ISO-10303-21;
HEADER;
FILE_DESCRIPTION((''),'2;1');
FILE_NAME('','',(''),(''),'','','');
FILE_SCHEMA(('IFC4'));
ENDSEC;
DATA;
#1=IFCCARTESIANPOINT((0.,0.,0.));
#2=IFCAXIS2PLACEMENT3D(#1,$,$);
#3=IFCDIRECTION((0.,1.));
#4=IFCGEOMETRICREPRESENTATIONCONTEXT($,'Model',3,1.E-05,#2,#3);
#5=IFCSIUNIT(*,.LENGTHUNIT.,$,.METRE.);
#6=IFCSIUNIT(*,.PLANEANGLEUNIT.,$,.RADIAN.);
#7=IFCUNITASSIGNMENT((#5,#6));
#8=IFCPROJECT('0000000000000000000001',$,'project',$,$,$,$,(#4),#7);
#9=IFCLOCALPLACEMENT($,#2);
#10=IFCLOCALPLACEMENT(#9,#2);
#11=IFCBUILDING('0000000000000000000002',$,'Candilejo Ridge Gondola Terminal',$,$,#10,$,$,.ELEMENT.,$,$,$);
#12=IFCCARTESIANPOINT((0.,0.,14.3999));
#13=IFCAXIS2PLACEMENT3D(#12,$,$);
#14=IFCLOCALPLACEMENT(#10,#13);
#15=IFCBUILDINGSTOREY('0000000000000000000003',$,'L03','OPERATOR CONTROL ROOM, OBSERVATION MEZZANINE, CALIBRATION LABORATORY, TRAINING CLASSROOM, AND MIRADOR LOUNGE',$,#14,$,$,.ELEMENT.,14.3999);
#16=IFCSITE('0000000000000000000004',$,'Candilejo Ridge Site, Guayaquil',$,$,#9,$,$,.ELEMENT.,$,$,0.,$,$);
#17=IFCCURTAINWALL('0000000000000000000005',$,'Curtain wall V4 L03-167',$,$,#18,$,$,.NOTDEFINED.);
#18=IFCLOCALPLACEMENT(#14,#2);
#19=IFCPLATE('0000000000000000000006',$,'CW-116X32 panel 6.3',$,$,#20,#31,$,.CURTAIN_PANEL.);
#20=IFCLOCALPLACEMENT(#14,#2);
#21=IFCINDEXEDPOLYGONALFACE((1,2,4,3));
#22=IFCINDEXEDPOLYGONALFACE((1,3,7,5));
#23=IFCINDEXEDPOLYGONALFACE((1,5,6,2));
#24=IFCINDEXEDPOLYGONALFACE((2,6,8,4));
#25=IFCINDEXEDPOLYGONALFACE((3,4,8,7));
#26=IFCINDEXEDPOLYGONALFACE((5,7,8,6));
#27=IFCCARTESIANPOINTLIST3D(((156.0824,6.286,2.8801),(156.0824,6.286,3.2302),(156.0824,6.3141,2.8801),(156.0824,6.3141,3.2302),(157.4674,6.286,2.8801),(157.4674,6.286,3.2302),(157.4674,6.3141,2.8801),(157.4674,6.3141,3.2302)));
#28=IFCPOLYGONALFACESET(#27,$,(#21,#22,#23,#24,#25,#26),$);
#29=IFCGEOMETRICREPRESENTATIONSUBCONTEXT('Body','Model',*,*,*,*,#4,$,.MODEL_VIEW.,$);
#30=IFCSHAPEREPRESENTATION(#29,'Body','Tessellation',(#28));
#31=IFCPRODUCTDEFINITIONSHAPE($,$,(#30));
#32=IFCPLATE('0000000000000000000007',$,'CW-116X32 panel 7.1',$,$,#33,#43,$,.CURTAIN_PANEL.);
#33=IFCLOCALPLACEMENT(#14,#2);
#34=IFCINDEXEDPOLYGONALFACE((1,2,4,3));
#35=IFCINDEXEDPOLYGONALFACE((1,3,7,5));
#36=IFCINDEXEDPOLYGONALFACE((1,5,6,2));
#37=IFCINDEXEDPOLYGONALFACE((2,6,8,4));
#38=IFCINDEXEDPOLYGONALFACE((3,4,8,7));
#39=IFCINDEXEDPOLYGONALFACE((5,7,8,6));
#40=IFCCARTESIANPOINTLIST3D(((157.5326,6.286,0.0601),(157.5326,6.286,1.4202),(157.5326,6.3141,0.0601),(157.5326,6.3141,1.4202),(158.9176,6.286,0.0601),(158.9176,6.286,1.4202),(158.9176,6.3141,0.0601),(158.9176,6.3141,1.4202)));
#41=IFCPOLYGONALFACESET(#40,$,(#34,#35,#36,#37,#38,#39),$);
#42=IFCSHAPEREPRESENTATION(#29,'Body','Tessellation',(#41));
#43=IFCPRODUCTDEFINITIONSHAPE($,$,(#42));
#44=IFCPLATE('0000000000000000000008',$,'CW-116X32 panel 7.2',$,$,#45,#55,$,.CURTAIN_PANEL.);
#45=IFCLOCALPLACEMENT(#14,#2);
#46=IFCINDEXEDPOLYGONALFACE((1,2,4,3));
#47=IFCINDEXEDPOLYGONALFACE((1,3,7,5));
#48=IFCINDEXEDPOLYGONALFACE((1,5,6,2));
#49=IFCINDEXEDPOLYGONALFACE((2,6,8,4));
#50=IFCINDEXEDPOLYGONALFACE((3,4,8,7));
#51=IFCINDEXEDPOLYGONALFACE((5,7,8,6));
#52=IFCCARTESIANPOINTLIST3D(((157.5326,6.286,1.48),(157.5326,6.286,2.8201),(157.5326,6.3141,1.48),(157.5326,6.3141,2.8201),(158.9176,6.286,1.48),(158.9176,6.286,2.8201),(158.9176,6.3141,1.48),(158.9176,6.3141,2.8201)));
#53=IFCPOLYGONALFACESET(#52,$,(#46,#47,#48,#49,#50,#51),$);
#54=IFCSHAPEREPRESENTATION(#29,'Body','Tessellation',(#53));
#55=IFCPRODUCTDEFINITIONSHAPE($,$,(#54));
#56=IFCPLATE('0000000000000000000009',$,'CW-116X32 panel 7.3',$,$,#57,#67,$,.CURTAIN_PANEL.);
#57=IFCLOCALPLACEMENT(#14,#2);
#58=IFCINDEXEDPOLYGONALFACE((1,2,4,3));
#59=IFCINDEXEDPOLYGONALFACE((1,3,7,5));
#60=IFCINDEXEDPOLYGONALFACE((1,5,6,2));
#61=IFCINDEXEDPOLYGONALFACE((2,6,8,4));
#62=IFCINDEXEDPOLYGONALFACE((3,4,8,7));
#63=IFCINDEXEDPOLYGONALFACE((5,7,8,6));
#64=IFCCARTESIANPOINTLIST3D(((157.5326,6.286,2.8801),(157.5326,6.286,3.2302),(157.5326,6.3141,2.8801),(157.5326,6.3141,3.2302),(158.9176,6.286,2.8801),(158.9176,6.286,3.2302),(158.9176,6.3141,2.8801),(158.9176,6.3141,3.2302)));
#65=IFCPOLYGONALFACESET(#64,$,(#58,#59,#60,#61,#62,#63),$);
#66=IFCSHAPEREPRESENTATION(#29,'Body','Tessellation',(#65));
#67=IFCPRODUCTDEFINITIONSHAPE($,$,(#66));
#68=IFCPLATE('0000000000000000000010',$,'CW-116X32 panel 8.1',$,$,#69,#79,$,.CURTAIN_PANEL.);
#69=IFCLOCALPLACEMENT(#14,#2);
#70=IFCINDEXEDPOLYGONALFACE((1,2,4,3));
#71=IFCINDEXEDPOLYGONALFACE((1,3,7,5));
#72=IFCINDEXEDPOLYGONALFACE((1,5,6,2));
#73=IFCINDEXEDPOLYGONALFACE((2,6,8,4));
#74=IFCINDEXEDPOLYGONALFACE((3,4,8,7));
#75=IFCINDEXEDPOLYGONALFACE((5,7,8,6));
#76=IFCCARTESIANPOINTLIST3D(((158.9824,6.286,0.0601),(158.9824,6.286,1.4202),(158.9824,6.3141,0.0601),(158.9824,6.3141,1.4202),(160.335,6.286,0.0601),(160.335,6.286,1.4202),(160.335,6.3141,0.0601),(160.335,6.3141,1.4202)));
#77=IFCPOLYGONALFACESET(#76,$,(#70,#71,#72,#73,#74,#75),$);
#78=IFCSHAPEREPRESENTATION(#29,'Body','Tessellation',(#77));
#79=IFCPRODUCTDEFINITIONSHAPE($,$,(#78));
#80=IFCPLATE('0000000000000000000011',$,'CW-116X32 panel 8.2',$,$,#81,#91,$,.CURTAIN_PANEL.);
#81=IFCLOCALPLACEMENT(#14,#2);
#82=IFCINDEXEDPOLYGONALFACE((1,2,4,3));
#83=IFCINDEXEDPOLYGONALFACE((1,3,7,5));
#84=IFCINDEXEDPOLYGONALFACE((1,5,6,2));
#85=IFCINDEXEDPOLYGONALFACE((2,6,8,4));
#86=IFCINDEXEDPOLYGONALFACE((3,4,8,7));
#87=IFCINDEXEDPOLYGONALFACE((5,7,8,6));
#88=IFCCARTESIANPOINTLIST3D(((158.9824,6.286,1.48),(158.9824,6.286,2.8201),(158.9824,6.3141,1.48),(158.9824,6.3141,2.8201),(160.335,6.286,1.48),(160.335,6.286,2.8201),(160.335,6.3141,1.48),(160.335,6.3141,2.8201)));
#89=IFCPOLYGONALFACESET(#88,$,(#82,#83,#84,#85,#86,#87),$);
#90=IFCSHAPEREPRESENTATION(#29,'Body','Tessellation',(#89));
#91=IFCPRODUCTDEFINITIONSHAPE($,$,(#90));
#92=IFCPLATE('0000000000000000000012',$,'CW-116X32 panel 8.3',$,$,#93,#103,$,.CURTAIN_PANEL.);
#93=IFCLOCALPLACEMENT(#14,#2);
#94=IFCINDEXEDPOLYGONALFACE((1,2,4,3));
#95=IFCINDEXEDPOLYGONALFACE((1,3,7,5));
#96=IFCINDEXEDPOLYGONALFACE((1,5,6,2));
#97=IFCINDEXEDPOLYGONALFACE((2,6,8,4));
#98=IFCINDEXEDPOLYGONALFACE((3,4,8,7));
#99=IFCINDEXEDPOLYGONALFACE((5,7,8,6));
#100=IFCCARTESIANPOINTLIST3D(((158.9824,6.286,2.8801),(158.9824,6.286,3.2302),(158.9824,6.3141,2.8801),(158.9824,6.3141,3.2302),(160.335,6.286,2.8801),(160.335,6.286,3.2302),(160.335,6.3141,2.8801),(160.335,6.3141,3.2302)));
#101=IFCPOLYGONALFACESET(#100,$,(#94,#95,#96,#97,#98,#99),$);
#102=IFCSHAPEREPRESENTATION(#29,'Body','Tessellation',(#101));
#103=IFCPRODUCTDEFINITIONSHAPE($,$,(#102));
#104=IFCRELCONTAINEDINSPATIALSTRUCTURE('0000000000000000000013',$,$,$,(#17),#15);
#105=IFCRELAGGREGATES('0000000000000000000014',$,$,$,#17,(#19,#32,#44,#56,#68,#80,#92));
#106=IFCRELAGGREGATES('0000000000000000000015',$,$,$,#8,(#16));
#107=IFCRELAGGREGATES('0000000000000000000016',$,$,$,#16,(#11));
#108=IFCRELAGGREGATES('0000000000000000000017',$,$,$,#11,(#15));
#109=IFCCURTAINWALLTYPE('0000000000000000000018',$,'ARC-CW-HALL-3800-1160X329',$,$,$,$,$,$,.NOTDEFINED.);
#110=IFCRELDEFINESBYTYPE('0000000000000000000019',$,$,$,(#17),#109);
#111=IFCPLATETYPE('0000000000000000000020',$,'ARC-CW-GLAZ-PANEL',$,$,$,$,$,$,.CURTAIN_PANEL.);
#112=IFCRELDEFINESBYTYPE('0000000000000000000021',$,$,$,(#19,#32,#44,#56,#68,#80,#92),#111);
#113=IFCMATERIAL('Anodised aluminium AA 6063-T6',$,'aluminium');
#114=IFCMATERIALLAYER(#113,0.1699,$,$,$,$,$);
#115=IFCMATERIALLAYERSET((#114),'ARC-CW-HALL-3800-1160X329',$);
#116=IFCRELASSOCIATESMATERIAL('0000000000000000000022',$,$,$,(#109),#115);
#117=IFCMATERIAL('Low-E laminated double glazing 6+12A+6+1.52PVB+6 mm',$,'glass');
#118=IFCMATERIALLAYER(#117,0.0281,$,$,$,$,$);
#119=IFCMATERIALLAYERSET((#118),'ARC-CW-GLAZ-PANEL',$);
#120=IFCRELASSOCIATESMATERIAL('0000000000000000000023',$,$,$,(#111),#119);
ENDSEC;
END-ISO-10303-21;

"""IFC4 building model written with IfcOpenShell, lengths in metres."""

from ifc_helpers import new_model, si_unit, direction, frame, origin, origin_2d, place, context, subcontext, project, spatial, rectangle, extrude, material, layer, layer_set, type_object, element, aggregate, save


model = new_model("IFC4")

# Units and contexts
model_context = context("Model", 3, precision=1e-05, world=origin(), true_north=direction((0.0, 1.0)))
body_context = subcontext(model_context, "Body", "Model", "MODEL_VIEW")
ifc_project = project(units=[si_unit("LENGTHUNIT", "METRE"), si_unit("PLANEANGLEUNIT", "RADIAN")], contexts=[model_context])

# Site, building, storey
site_placement = place(None, origin())
site = spatial("IfcSite", under=ifc_project, at=site_placement, Name="Candilejo Ridge Site, Guayaquil", CompositionType="ELEMENT", RefElevation=0.0)
building_placement = place(site_placement, origin())
building = spatial("IfcBuilding", under=site, at=building_placement, Name="Candilejo Ridge Gondola Terminal", CompositionType="ELEMENT")
storey_placement = place(building_placement, frame((0.0, 0.0, 14.3999)))
storey = spatial("IfcBuildingStorey", under=building, at=storey_placement, Name="L03", Description="OPERATOR CONTROL ROOM, OBSERVATION MEZZANINE, CALIBRATION LABORATORY, TRAINING CLASSROOM, AND MIRADOR LOUNGE", CompositionType="ELEMENT", Elevation=14.3999)

# Curtain wall
ifc_material_1 = material(Name="Anodised aluminium AA 6063-T6", Category="aluminium")
ifc_layer_1 = layer(ifc_material_1, 0.1699)
ifc_layer_set_1 = layer_set([ifc_layer_1], Name="ARC-CW-HALL-3800-1160X329")
curtain_wall_type_1 = type_object("IfcCurtainWallType", Name="ARC-CW-HALL-3800-1160X329", PredefinedType="NOTDEFINED", material=ifc_layer_set_1)
curtain_wall_1_placement = place(storey_placement, origin())
curtain_wall_1 = element("IfcCurtainWall", 1, at=curtain_wall_1_placement, inside=storey, type_object=curtain_wall_type_1, Name="Curtain wall V4 L03-167", PredefinedType="NOTDEFINED")

# Plates
ifc_material_2 = material(Name="Low-E laminated double glazing 6+12A+6+1.52PVB+6 mm", Category="glass")
ifc_layer_2 = layer(ifc_material_2, 0.0281)
ifc_layer_set_2 = layer_set([ifc_layer_2], Name="ARC-CW-GLAZ-PANEL")
plate_type = type_object("IfcPlateType", Name="ARC-CW-GLAZ-PANEL", PredefinedType="CURTAIN_PANEL", material=ifc_layer_set_2)
plate_1_placement = place(storey_placement, frame((156.7749, 6.3, 2.8801), z_axis=(0.0, 0.0, 1.0), x_axis=(1.0, 0.0, 0.0)))
plate_1 = element("IfcPlate", 2, at=plate_1_placement, type_object=plate_type, Name="CW-116X32 panel 6.3", PredefinedType="CURTAIN_PANEL", context=body_context, shape_type="SweptSolid", body=[
    extrude(rectangle(XDim=1.385, YDim=0.0281, at=origin_2d()), origin(), (0.0, 0.0, 1.0), 0.3501),
])
plate_2_placement = place(storey_placement, frame((158.2251, 6.3, 0.0601), z_axis=(0.0, 0.0, 1.0), x_axis=(1.0, 0.0, 0.0)))
plate_2 = element("IfcPlate", 3, at=plate_2_placement, type_object=plate_type, Name="CW-116X32 panel 7.1", PredefinedType="CURTAIN_PANEL", context=body_context, shape_type="SweptSolid", body=[
    extrude(rectangle(XDim=1.385, YDim=0.0281, at=origin_2d()), origin(), (0.0, 0.0, 1.0), 1.3601),
])
plate_3_placement = place(storey_placement, frame((158.2251, 6.3, 1.48), z_axis=(0.0, 0.0, 1.0), x_axis=(1.0, 0.0, 0.0)))
plate_3 = element("IfcPlate", 4, at=plate_3_placement, type_object=plate_type, Name="CW-116X32 panel 7.2", PredefinedType="CURTAIN_PANEL", context=body_context, shape_type="SweptSolid", body=[
    extrude(rectangle(XDim=1.385, YDim=0.0281, at=origin_2d()), origin(), (0.0, 0.0, 1.0), 1.3401),
])
plate_4_placement = place(storey_placement, frame((158.2251, 6.3, 2.8801), z_axis=(0.0, 0.0, 1.0), x_axis=(1.0, 0.0, 0.0)))
plate_4 = element("IfcPlate", 5, at=plate_4_placement, type_object=plate_type, Name="CW-116X32 panel 7.3", PredefinedType="CURTAIN_PANEL", context=body_context, shape_type="SweptSolid", body=[
    extrude(rectangle(XDim=1.385, YDim=0.0281, at=origin_2d()), origin(), (0.0, 0.0, 1.0), 0.3501),
])
plate_5_placement = place(storey_placement, frame((159.6587, 6.3, 0.0601), z_axis=(0.0, 0.0, 1.0), x_axis=(1.0, 0.0, 0.0)))
plate_5 = element("IfcPlate", 6, at=plate_5_placement, type_object=plate_type, Name="CW-116X32 panel 8.1", PredefinedType="CURTAIN_PANEL", context=body_context, shape_type="SweptSolid", body=[
    extrude(rectangle(XDim=1.3525, YDim=0.0281, at=origin_2d()), origin(), (0.0, 0.0, 1.0), 1.3601),
])
plate_6_placement = place(storey_placement, frame((159.6587, 6.3, 1.48), z_axis=(0.0, 0.0, 1.0), x_axis=(1.0, 0.0, 0.0)))
plate_6 = element("IfcPlate", 7, at=plate_6_placement, type_object=plate_type, Name="CW-116X32 panel 8.2", PredefinedType="CURTAIN_PANEL", context=body_context, shape_type="SweptSolid", body=[
    extrude(rectangle(XDim=1.3525, YDim=0.0281, at=origin_2d()), origin(), (0.0, 0.0, 1.0), 1.3401),
])
plate_7_placement = place(storey_placement, frame((159.6587, 6.3, 2.8801), z_axis=(0.0, 0.0, 1.0), x_axis=(1.0, 0.0, 0.0)))
plate_7 = element("IfcPlate", 8, at=plate_7_placement, type_object=plate_type, Name="CW-116X32 panel 8.3", PredefinedType="CURTAIN_PANEL", context=body_context, shape_type="SweptSolid", body=[
    extrude(rectangle(XDim=1.3525, YDim=0.0281, at=origin_2d()), origin(), (0.0, 0.0, 1.0), 0.3501),
])
aggregate(curtain_wall_1, [plate_1, plate_2, plate_3, plate_4, plate_5, plate_6, plate_7])

save(model, "model.ifc")
